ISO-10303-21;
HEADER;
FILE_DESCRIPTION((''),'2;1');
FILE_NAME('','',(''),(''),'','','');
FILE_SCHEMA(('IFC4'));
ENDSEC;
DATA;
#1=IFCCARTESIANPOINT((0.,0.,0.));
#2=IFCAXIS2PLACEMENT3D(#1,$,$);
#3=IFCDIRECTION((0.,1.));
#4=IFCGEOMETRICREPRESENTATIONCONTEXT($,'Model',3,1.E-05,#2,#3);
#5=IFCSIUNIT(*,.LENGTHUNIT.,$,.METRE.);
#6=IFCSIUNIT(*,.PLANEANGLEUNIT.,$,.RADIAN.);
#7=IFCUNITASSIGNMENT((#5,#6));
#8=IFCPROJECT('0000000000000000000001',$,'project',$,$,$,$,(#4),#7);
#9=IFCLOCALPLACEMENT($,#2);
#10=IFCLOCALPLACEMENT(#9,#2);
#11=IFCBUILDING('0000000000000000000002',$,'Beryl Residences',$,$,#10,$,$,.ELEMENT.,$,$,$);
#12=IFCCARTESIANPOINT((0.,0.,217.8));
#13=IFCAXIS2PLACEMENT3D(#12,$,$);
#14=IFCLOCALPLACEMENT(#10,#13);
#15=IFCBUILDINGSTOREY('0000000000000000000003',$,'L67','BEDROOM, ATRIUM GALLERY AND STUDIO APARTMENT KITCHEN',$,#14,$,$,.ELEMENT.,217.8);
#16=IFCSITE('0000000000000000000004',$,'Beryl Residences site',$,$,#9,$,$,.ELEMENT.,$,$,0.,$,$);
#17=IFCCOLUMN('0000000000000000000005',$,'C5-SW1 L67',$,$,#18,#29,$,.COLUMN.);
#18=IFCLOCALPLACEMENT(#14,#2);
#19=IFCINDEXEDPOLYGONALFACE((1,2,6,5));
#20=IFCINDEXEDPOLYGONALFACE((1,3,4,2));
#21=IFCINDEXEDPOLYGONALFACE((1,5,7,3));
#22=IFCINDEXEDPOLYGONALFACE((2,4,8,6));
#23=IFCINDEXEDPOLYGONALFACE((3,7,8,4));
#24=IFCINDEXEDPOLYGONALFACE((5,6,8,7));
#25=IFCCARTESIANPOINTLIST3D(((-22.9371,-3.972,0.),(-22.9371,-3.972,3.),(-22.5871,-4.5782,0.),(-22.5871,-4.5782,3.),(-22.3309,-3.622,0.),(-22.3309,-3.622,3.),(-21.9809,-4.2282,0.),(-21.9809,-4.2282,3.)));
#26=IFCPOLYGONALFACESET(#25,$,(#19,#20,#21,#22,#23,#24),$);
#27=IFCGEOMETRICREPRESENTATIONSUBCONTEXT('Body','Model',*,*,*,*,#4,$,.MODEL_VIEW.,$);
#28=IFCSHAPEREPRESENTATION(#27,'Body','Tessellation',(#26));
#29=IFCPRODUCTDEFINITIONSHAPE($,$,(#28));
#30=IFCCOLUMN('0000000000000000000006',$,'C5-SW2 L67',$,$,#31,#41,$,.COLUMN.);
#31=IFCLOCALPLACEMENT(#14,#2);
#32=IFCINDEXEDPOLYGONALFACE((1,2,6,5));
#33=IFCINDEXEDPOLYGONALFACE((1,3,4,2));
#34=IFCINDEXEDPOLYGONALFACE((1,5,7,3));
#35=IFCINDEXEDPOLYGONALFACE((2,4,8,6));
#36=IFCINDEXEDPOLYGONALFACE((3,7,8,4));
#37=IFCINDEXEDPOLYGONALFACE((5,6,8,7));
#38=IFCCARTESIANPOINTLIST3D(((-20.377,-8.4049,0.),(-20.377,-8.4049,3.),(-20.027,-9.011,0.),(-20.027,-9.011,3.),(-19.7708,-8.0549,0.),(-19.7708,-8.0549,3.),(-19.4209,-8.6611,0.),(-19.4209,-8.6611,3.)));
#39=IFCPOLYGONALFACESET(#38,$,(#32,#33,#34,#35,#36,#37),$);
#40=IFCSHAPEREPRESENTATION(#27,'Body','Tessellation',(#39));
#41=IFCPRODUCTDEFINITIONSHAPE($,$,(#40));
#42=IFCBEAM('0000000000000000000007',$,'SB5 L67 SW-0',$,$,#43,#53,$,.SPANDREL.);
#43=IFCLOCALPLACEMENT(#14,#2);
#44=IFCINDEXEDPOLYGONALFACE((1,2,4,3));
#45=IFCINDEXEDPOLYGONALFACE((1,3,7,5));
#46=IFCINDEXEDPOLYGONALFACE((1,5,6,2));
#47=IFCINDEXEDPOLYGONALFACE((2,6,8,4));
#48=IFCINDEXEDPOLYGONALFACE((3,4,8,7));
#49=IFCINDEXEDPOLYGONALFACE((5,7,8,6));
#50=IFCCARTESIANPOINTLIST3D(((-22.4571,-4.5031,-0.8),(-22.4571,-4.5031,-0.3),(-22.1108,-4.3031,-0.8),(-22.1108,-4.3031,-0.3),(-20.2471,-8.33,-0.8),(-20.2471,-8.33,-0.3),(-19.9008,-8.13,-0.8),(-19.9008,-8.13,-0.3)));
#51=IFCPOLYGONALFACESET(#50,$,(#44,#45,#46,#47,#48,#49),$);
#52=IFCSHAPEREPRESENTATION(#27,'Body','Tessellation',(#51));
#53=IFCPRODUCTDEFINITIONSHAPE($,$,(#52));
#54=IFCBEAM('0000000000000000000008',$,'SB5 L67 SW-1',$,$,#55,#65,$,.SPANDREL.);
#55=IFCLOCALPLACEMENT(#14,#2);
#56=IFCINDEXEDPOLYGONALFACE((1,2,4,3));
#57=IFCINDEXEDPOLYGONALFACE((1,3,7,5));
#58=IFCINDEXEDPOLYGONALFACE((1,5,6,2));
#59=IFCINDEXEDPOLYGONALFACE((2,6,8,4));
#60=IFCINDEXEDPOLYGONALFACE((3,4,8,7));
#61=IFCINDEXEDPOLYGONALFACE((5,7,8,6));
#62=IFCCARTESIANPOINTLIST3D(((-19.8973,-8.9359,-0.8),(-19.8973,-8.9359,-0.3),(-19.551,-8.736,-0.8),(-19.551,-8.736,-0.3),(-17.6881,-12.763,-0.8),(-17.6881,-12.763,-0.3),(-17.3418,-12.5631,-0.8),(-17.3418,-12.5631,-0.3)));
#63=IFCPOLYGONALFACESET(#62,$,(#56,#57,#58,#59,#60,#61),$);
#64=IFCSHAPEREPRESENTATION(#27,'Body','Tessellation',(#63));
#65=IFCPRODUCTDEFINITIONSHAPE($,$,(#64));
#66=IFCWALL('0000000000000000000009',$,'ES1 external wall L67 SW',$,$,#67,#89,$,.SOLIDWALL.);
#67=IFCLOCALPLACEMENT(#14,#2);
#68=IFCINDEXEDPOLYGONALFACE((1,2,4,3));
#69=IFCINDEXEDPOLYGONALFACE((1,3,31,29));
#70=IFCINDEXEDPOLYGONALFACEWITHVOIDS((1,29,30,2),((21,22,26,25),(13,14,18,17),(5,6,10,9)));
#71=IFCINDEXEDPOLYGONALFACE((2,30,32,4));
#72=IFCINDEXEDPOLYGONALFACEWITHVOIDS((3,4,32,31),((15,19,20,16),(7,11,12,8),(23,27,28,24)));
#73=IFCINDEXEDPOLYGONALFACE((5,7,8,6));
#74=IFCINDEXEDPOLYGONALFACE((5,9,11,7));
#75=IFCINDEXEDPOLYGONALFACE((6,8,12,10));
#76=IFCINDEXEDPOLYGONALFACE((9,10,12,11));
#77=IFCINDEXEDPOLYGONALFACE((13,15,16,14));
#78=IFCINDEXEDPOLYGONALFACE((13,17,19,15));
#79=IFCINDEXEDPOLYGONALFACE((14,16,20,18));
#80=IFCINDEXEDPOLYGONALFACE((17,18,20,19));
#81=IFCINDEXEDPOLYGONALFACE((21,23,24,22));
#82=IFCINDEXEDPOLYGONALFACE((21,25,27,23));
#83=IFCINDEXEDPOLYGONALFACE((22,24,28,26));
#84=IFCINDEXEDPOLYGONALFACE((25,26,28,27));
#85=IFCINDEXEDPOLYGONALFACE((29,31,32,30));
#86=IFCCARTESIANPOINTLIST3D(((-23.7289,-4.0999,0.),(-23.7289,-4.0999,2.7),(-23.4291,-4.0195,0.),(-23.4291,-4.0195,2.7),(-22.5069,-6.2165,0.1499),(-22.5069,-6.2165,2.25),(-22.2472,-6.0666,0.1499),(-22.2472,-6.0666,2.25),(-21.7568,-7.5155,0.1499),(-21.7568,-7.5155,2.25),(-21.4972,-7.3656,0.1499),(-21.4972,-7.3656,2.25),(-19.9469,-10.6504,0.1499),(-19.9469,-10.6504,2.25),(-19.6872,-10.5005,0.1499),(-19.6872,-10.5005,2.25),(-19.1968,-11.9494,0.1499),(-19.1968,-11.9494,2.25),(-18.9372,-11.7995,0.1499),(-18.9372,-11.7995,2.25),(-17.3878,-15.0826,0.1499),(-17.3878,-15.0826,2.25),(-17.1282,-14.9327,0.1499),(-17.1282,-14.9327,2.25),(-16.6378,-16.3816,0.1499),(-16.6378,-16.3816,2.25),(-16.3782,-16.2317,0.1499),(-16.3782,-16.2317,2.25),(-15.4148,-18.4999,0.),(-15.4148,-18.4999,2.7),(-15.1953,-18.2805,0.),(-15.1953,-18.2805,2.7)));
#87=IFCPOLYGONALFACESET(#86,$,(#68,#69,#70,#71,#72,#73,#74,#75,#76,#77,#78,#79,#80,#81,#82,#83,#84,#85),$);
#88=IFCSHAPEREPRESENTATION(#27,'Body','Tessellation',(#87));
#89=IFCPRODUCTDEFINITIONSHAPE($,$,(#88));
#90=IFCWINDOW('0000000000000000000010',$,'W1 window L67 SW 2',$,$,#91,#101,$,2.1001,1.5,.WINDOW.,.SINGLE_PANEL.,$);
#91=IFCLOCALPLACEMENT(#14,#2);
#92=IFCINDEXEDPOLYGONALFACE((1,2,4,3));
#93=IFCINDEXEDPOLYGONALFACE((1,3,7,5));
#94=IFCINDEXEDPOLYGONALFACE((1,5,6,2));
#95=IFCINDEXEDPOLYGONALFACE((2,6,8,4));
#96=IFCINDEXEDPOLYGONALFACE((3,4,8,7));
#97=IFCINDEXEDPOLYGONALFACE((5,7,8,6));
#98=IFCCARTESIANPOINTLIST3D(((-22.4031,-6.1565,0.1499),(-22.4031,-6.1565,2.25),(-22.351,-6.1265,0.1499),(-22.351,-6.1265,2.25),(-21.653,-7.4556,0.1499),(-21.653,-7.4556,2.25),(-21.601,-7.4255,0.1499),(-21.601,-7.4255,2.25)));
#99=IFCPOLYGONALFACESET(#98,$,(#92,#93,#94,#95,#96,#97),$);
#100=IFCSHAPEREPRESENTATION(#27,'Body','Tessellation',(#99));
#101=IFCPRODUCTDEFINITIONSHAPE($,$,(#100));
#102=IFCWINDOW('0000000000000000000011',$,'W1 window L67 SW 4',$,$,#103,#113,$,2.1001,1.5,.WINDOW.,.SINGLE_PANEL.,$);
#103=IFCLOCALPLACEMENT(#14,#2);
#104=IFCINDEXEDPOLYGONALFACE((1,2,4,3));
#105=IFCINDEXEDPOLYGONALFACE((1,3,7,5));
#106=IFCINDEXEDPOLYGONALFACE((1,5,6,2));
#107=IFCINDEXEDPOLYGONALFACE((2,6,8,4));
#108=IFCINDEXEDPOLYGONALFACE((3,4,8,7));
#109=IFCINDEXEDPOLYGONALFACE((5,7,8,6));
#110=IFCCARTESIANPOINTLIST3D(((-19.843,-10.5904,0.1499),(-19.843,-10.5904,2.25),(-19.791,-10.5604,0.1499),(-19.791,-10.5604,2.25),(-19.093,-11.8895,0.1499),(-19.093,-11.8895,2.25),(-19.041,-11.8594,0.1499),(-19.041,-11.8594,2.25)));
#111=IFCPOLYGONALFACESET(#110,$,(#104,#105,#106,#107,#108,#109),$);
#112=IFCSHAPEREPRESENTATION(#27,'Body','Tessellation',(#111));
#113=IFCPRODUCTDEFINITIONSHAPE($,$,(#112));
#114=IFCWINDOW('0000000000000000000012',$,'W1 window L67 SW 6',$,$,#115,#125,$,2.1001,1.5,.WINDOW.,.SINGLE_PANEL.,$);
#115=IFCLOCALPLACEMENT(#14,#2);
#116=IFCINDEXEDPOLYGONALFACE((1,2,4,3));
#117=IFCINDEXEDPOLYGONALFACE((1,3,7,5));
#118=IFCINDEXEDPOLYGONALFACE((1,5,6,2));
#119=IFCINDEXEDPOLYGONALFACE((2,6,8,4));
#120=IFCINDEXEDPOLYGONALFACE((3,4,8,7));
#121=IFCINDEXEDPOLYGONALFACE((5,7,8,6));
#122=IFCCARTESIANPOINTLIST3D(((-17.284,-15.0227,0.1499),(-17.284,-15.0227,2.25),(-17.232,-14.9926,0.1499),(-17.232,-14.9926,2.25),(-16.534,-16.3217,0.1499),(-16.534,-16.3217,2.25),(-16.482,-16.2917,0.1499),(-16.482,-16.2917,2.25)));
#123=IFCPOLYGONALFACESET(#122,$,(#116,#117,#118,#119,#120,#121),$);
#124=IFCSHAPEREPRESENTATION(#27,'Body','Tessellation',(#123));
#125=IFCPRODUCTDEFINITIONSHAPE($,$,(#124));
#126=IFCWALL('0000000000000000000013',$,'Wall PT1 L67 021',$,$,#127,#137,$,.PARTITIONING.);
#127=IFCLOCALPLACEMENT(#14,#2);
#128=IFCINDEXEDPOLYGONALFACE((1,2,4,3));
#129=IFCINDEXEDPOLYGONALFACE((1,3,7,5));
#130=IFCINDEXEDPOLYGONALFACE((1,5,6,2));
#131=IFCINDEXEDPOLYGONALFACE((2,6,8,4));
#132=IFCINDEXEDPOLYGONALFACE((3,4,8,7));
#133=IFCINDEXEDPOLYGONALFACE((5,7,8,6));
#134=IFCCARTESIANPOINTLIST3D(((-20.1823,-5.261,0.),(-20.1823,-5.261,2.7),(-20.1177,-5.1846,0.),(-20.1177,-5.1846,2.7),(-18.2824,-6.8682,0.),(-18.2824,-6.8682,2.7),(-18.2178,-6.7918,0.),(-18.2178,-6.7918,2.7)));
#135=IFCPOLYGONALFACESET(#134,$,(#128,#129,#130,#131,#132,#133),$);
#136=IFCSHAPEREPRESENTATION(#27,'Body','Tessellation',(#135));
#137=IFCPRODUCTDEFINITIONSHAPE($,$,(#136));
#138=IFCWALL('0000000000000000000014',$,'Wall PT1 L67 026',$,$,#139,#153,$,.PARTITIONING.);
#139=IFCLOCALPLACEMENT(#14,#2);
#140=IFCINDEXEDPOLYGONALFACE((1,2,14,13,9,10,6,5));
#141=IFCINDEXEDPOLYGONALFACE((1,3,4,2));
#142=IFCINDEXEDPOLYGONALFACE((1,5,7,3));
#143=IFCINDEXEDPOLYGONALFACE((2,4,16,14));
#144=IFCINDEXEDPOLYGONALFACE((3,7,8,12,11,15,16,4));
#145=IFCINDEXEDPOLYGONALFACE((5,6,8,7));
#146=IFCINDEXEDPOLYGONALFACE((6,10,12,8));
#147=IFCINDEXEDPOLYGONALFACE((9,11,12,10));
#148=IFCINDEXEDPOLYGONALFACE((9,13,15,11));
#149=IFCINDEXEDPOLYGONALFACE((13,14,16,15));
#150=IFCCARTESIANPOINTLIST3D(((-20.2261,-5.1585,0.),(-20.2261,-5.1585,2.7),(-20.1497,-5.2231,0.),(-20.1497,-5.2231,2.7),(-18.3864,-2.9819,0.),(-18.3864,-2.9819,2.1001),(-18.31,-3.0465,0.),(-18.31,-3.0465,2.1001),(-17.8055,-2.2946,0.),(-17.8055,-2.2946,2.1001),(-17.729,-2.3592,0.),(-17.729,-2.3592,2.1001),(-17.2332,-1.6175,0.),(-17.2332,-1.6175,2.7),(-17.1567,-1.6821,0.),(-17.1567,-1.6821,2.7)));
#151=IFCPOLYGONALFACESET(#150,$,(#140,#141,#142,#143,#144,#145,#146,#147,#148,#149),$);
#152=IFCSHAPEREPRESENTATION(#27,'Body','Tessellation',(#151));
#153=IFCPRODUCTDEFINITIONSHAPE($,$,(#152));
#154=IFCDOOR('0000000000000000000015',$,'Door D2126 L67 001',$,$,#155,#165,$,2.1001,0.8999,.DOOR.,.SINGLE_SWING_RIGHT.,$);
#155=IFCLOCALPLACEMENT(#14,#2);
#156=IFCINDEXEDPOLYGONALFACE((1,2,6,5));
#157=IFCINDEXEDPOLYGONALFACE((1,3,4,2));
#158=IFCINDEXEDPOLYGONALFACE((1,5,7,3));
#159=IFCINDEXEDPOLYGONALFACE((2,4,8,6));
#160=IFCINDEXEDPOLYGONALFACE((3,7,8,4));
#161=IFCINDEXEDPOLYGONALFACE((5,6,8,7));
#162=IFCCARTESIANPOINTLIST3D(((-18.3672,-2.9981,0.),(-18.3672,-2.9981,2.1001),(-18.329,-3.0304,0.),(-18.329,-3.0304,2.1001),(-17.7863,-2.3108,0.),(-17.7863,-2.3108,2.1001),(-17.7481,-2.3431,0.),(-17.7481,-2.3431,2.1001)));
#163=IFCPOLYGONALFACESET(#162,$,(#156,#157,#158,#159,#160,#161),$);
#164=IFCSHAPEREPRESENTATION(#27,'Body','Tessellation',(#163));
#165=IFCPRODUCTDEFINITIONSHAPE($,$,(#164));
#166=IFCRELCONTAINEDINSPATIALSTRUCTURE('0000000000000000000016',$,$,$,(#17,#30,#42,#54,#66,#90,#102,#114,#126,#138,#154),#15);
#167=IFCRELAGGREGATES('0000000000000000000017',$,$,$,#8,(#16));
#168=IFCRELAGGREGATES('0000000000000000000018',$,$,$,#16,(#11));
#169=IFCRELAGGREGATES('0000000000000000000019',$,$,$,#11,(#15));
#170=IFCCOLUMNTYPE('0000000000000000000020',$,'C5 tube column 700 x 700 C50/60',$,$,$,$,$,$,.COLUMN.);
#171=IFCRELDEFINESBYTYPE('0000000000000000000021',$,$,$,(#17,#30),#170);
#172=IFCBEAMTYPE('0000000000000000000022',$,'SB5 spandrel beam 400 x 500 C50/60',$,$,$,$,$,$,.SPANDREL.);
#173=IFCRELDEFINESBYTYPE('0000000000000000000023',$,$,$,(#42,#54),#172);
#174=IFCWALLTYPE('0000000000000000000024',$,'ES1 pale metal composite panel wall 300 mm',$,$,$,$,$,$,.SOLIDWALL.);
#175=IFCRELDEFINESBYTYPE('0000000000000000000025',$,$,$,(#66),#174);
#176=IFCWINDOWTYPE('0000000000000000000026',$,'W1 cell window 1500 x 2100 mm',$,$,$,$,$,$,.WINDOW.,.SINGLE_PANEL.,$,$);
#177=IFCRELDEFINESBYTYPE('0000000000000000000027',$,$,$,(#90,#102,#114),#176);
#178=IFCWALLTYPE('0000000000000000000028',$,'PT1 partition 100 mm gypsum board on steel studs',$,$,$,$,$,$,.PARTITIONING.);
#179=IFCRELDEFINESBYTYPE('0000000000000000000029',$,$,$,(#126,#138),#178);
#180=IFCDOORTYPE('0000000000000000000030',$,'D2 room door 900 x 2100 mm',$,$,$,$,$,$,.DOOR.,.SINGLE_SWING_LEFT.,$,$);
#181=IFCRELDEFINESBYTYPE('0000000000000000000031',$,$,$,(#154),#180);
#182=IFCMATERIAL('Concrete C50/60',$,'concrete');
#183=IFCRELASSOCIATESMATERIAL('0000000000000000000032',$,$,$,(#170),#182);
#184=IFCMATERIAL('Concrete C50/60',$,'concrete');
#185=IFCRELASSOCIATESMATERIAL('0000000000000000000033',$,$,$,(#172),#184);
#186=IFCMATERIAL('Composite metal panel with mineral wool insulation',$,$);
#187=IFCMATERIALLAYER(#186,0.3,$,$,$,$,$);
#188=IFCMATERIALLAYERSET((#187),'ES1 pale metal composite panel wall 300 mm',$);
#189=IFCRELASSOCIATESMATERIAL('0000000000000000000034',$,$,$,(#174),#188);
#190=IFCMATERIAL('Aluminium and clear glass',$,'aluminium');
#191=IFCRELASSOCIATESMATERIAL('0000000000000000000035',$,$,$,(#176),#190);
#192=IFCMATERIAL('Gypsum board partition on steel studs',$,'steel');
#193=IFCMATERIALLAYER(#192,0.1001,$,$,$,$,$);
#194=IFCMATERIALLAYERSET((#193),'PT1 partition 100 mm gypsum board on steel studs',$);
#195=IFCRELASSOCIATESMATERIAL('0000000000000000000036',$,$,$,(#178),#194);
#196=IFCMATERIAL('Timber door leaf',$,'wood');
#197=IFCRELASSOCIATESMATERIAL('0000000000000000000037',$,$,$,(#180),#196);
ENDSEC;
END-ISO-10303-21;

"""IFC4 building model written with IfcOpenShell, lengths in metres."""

from ifc_helpers import new_model, si_unit, direction, frame, frame_2d, origin, origin_2d, place, context, subcontext, project, spatial, polyline, rectangle, outline, extrude, material, layer, layer_set, material_profile, profile_set, type_object, element, fill, save


model = new_model("IFC4")

# Units and contexts
model_context = context("Model", 3, precision=1e-05, world=origin(), true_north=direction((0.0, 1.0)))
body_context = subcontext(model_context, "Body", "Model", "MODEL_VIEW")
ifc_project = project(units=[si_unit("LENGTHUNIT", "METRE"), si_unit("PLANEANGLEUNIT", "RADIAN")], contexts=[model_context])

# Site, building, storey
site_placement = place(None, origin())
site = spatial("IfcSite", under=ifc_project, at=site_placement, Name="Beryl Residences site", CompositionType="ELEMENT", RefElevation=0.0)
building_placement = place(site_placement, origin())
building = spatial("IfcBuilding", under=site, at=building_placement, Name="Beryl Residences", CompositionType="ELEMENT")
storey_placement = place(building_placement, frame((0.0, 0.0, 217.8)))
storey = spatial("IfcBuildingStorey", under=building, at=storey_placement, Name="L67", Description="BEDROOM, ATRIUM GALLERY AND STUDIO APARTMENT KITCHEN", CompositionType="ELEMENT", Elevation=217.8)

# Columns
ifc_material_1 = material(Name="Concrete C50/60", Category="concrete")
ifc_material_profile_1 = material_profile(ifc_material_1, rectangle(XDim=0.7, YDim=0.7, at=origin_2d()))
ifc_profile_set_1 = profile_set([ifc_material_profile_1], Name="Concrete C50/60")
column_type = type_object("IfcColumnType", Name="C5 tube column 700 x 700 C50/60", PredefinedType="COLUMN", material=ifc_profile_set_1)
for number, where, z_axis, x_axis, name in (
    (1, (-22.459, -4.1001, 0.0), (0.0, 0.0, 1.0), (0.499985, -0.866034, 0.0), "C5-SW1 L67"),
    (2, (-19.8989, -8.533, 0.0), (0.0, 0.0, 1.0), (0.499985, -0.866034, 0.0), "C5-SW2 L67"),
):
    element("IfcColumn", number, at=place(storey_placement, frame(where, z_axis=z_axis, x_axis=x_axis)), inside=storey, type_object=column_type, Name=name, PredefinedType="COLUMN", context=body_context, shape_type="SweptSolid", body=[
        extrude(rectangle(XDim=0.7, YDim=0.7, at=origin_2d()), origin(), (0.0, 0.0, 1.0), 3.0),
    ])

# Beams
ifc_material_2 = material(Name="Concrete C50/60", Category="concrete")
ifc_material_profile_2 = material_profile(ifc_material_2, rectangle(XDim=0.3999, YDim=0.5, at=origin_2d()))
ifc_profile_set_2 = profile_set([ifc_material_profile_2], Name="Concrete C50/60")
beam_type = type_object("IfcBeamType", Name="SB5 spandrel beam 400 x 500 C50/60", PredefinedType="SPANDREL", material=ifc_profile_set_2)
beam_1_placement = place(storey_placement, frame((-22.2839, -4.4031, -0.55), z_axis=(0.500084, -0.865977, 0.0), x_axis=(0.865977, 0.500084, 0.0)))
element("IfcBeam", 3, at=beam_1_placement, inside=storey, type_object=beam_type, Name="SB5 L67 SW-0", PredefinedType="SPANDREL", context=body_context, shape_type="SweptSolid", body=[
    extrude(rectangle(XDim=0.3999, YDim=0.5, at=origin_2d()), origin(), (0.0, 0.0, 1.0), 4.4192),
])
beam_2_placement = place(storey_placement, frame((-19.7241, -8.8359, -0.55), z_axis=(0.499936, -0.866062, 0.0), x_axis=(0.866062, 0.499936, 0.0)))
element("IfcBeam", 4, at=beam_2_placement, inside=storey, type_object=beam_type, Name="SB5 L67 SW-1", PredefinedType="SPANDREL", context=body_context, shape_type="SweptSolid", body=[
    extrude(rectangle(XDim=0.3999, YDim=0.5, at=origin_2d()), origin(), (0.0, 0.0, 1.0), 4.4189),
])

# Wall, openings, windows
ifc_material_3 = material(Name="Composite metal panel with mineral wool insulation")
ifc_layer_1 = layer(ifc_material_3, 0.3)
ifc_layer_set_1 = layer_set([ifc_layer_1], Name="ES1 pale metal composite panel wall 300 mm")
wall_type_1 = type_object("IfcWallType", Name="ES1 pale metal composite panel wall 300 mm", PredefinedType="SOLIDWALL", material=ifc_layer_set_1)
wall_1_placement = place(storey_placement, frame((-23.5991, -4.0249, 0.0), z_axis=(0.0, 0.0, 1.0), x_axis=(0.500013, -0.866018, 0.0)))
wall_1 = element("IfcWall", 5, at=wall_1_placement, inside=storey, type_object=wall_type_1, Name="ES1 external wall L67 SW", PredefinedType="SOLIDWALL", context=body_context, shape_type="SweptSolid", body=[
    extrude(outline(polyline([(0.0, -0.1499), (16.6279, -0.1499), (16.5476, 0.1499), (0.0803, 0.1499), (0.0, -0.1499)])), origin(), (0.0, 0.0, 1.0), 2.7),
])
opening_1_placement = place(wall_1_placement, frame((2.4441, 0.0, 0.1499)))
opening_1 = element("IfcOpeningElement", 6, at=opening_1_placement, cuts=wall_1, PredefinedType="OPENING", context=body_context, shape_type="SweptSolid", body=[
    extrude(rectangle(XDim=1.5, YDim=2.1001, at=frame_2d((0.75, 1.05))), frame((0.0, 0.1599, 0.0), z_axis=(0.0, -1.0, 0.0), x_axis=(1.0, 0.0, 0.0)), (0.0, 0.0, 1.0), 0.3201),
])
opening_2_placement = place(wall_1_placement, frame((7.564, 0.0, 0.1499)))
opening_2 = element("IfcOpeningElement", 7, at=opening_2_placement, cuts=wall_1, PredefinedType="OPENING", context=body_context, shape_type="SweptSolid", body=[
    extrude(rectangle(XDim=1.5, YDim=2.1001, at=frame_2d((0.75, 1.05))), frame((0.0, 0.1599, 0.0), z_axis=(0.0, -1.0, 0.0), x_axis=(1.0, 0.0, 0.0)), (0.0, 0.0, 1.0), 0.3201),
])
opening_3_placement = place(wall_1_placement, frame((12.6819, 0.0, 0.1499)))
opening_3 = element("IfcOpeningElement", 8, at=opening_3_placement, cuts=wall_1, PredefinedType="OPENING", context=body_context, shape_type="SweptSolid", body=[
    extrude(rectangle(XDim=1.5, YDim=2.1001, at=frame_2d((0.75, 1.05))), frame((0.0, 0.1599, 0.0), z_axis=(0.0, -1.0, 0.0), x_axis=(1.0, 0.0, 0.0)), (0.0, 0.0, 1.0), 0.3201),
])
ifc_material_4 = material(Name="Aluminium and clear glass", Category="aluminium")
window_type = type_object("IfcWindowType", Name="W1 cell window 1500 x 2100 mm", PartitioningType="SINGLE_PANEL", PredefinedType="WINDOW", material=ifc_material_4)
window_1_placement = place(opening_1_placement, origin())
window_1 = element("IfcWindow", 9, at=window_1_placement, inside=storey, type_object=window_type, Name="W1 window L67 SW 2", OverallHeight=2.1001, OverallWidth=1.5, PartitioningType="SINGLE_PANEL", PredefinedType="WINDOW", context=body_context, shape_type="SweptSolid", body=[
    extrude(rectangle(XDim=1.5, YDim=2.1001, at=frame_2d((0.75, 1.05))), frame((0.0, 0.03, 0.0), z_axis=(0.0, -1.0, 0.0), x_axis=(1.0, 0.0, 0.0)), (0.0, 0.0, 1.0), 0.0601),
])
fill(opening_1, window_1)
window_2_placement = place(opening_2_placement, origin())
window_2 = element("IfcWindow", 10, at=window_2_placement, inside=storey, type_object=window_type, Name="W1 window L67 SW 4", OverallHeight=2.1001, OverallWidth=1.5, PartitioningType="SINGLE_PANEL", PredefinedType="WINDOW", context=body_context, shape_type="SweptSolid", body=[
    extrude(rectangle(XDim=1.5, YDim=2.1001, at=frame_2d((0.75, 1.05))), frame((0.0, 0.03, 0.0), z_axis=(0.0, -1.0, 0.0), x_axis=(1.0, 0.0, 0.0)), (0.0, 0.0, 1.0), 0.0601),
])
fill(opening_2, window_2)
window_3_placement = place(opening_3_placement, origin())
window_3 = element("IfcWindow", 11, at=window_3_placement, inside=storey, type_object=window_type, Name="W1 window L67 SW 6", OverallHeight=2.1001, OverallWidth=1.5, PartitioningType="SINGLE_PANEL", PredefinedType="WINDOW", context=body_context, shape_type="SweptSolid", body=[
    extrude(rectangle(XDim=1.5, YDim=2.1001, at=frame_2d((0.75, 1.05))), frame((0.0, 0.03, 0.0), z_axis=(0.0, -1.0, 0.0), x_axis=(1.0, 0.0, 0.0)), (0.0, 0.0, 1.0), 0.0601),
])
fill(opening_3, window_3)

# Wall
ifc_material_5 = material(Name="Gypsum board partition on steel studs", Category="steel")
ifc_layer_2 = layer(ifc_material_5, 0.1001)
ifc_layer_set_2 = layer_set([ifc_layer_2], Name="PT1 partition 100 mm gypsum board on steel studs")
wall_type_2 = type_object("IfcWallType", Name="PT1 partition 100 mm gypsum board on steel studs", PredefinedType="PARTITIONING", material=ifc_layer_set_2)
wall_2_placement = place(storey_placement, frame((-20.1499, -5.2229, 0.0), z_axis=(0.0, 0.0, 1.0), x_axis=(0.763472, -0.645841, 0.0)))
element("IfcWall", 12, at=wall_2_placement, inside=storey, type_object=wall_type_2, Name="Wall PT1 L67 021", PredefinedType="PARTITIONING", context=body_context, shape_type="SweptSolid", body=[
    extrude(rectangle(XDim=2.4885, YDim=0.1001, at=frame_2d((1.2441, 0.0))), origin(), (0.0, 0.0, 1.0), 2.7),
])

# Wall, opening, door
wall_3_placement = place(storey_placement, frame((-20.188, -5.1909, 0.0), z_axis=(0.0, 0.0, 1.0), x_axis=(0.645524, 0.76374, 0.0)))
wall_3 = element("IfcWall", 13, at=wall_3_placement, inside=storey, type_object=wall_type_2, Name="Wall PT1 L67 026", PredefinedType="PARTITIONING", context=body_context, shape_type="SweptSolid", body=[
    extrude(rectangle(XDim=4.6365, YDim=0.1001, at=frame_2d((2.3184, 0.0))), origin(), (0.0, 0.0, 1.0), 2.7),
])
opening_4_placement = place(wall_3_placement, frame((2.8501, 0.0, 0.0)))
opening_4 = element("IfcOpeningElement", 14, at=opening_4_placement, cuts=wall_3, PredefinedType="OPENING", context=body_context, shape_type="SweptSolid", body=[
    extrude(rectangle(XDim=0.8999, YDim=2.1001, at=frame_2d((0.45, 1.05))), frame((0.0, 0.0601, 0.0), z_axis=(0.0, -1.0, 0.0), x_axis=(1.0, 0.0, 0.0)), (0.0, 0.0, 1.0), 0.1201),
])
ifc_material_6 = material(Name="Timber door leaf", Category="wood")
door_type_1 = type_object("IfcDoorType", Name="D2 room door 900 x 2100 mm", OperationType="SINGLE_SWING_LEFT", PredefinedType="DOOR", material=ifc_material_6)
door_1_placement = place(opening_4_placement, origin())
door_1 = element("IfcDoor", 15, at=door_1_placement, inside=storey, type_object=door_type_1, Name="Door D2126 L67 001", OperationType="SINGLE_SWING_RIGHT", OverallHeight=2.1001, OverallWidth=0.8999, PredefinedType="DOOR", context=body_context, shape_type="SweptSolid", body=[
    extrude(rectangle(XDim=0.8999, YDim=2.1001, at=frame_2d((0.45, 1.05))), frame((0.0, 0.0249, 0.0), z_axis=(0.0, -1.0, 0.0), x_axis=(1.0, 0.0, 0.0)), (0.0, 0.0, 1.0), 0.05),
])
fill(opening_4, door_1)

save(model, "model.ifc")
